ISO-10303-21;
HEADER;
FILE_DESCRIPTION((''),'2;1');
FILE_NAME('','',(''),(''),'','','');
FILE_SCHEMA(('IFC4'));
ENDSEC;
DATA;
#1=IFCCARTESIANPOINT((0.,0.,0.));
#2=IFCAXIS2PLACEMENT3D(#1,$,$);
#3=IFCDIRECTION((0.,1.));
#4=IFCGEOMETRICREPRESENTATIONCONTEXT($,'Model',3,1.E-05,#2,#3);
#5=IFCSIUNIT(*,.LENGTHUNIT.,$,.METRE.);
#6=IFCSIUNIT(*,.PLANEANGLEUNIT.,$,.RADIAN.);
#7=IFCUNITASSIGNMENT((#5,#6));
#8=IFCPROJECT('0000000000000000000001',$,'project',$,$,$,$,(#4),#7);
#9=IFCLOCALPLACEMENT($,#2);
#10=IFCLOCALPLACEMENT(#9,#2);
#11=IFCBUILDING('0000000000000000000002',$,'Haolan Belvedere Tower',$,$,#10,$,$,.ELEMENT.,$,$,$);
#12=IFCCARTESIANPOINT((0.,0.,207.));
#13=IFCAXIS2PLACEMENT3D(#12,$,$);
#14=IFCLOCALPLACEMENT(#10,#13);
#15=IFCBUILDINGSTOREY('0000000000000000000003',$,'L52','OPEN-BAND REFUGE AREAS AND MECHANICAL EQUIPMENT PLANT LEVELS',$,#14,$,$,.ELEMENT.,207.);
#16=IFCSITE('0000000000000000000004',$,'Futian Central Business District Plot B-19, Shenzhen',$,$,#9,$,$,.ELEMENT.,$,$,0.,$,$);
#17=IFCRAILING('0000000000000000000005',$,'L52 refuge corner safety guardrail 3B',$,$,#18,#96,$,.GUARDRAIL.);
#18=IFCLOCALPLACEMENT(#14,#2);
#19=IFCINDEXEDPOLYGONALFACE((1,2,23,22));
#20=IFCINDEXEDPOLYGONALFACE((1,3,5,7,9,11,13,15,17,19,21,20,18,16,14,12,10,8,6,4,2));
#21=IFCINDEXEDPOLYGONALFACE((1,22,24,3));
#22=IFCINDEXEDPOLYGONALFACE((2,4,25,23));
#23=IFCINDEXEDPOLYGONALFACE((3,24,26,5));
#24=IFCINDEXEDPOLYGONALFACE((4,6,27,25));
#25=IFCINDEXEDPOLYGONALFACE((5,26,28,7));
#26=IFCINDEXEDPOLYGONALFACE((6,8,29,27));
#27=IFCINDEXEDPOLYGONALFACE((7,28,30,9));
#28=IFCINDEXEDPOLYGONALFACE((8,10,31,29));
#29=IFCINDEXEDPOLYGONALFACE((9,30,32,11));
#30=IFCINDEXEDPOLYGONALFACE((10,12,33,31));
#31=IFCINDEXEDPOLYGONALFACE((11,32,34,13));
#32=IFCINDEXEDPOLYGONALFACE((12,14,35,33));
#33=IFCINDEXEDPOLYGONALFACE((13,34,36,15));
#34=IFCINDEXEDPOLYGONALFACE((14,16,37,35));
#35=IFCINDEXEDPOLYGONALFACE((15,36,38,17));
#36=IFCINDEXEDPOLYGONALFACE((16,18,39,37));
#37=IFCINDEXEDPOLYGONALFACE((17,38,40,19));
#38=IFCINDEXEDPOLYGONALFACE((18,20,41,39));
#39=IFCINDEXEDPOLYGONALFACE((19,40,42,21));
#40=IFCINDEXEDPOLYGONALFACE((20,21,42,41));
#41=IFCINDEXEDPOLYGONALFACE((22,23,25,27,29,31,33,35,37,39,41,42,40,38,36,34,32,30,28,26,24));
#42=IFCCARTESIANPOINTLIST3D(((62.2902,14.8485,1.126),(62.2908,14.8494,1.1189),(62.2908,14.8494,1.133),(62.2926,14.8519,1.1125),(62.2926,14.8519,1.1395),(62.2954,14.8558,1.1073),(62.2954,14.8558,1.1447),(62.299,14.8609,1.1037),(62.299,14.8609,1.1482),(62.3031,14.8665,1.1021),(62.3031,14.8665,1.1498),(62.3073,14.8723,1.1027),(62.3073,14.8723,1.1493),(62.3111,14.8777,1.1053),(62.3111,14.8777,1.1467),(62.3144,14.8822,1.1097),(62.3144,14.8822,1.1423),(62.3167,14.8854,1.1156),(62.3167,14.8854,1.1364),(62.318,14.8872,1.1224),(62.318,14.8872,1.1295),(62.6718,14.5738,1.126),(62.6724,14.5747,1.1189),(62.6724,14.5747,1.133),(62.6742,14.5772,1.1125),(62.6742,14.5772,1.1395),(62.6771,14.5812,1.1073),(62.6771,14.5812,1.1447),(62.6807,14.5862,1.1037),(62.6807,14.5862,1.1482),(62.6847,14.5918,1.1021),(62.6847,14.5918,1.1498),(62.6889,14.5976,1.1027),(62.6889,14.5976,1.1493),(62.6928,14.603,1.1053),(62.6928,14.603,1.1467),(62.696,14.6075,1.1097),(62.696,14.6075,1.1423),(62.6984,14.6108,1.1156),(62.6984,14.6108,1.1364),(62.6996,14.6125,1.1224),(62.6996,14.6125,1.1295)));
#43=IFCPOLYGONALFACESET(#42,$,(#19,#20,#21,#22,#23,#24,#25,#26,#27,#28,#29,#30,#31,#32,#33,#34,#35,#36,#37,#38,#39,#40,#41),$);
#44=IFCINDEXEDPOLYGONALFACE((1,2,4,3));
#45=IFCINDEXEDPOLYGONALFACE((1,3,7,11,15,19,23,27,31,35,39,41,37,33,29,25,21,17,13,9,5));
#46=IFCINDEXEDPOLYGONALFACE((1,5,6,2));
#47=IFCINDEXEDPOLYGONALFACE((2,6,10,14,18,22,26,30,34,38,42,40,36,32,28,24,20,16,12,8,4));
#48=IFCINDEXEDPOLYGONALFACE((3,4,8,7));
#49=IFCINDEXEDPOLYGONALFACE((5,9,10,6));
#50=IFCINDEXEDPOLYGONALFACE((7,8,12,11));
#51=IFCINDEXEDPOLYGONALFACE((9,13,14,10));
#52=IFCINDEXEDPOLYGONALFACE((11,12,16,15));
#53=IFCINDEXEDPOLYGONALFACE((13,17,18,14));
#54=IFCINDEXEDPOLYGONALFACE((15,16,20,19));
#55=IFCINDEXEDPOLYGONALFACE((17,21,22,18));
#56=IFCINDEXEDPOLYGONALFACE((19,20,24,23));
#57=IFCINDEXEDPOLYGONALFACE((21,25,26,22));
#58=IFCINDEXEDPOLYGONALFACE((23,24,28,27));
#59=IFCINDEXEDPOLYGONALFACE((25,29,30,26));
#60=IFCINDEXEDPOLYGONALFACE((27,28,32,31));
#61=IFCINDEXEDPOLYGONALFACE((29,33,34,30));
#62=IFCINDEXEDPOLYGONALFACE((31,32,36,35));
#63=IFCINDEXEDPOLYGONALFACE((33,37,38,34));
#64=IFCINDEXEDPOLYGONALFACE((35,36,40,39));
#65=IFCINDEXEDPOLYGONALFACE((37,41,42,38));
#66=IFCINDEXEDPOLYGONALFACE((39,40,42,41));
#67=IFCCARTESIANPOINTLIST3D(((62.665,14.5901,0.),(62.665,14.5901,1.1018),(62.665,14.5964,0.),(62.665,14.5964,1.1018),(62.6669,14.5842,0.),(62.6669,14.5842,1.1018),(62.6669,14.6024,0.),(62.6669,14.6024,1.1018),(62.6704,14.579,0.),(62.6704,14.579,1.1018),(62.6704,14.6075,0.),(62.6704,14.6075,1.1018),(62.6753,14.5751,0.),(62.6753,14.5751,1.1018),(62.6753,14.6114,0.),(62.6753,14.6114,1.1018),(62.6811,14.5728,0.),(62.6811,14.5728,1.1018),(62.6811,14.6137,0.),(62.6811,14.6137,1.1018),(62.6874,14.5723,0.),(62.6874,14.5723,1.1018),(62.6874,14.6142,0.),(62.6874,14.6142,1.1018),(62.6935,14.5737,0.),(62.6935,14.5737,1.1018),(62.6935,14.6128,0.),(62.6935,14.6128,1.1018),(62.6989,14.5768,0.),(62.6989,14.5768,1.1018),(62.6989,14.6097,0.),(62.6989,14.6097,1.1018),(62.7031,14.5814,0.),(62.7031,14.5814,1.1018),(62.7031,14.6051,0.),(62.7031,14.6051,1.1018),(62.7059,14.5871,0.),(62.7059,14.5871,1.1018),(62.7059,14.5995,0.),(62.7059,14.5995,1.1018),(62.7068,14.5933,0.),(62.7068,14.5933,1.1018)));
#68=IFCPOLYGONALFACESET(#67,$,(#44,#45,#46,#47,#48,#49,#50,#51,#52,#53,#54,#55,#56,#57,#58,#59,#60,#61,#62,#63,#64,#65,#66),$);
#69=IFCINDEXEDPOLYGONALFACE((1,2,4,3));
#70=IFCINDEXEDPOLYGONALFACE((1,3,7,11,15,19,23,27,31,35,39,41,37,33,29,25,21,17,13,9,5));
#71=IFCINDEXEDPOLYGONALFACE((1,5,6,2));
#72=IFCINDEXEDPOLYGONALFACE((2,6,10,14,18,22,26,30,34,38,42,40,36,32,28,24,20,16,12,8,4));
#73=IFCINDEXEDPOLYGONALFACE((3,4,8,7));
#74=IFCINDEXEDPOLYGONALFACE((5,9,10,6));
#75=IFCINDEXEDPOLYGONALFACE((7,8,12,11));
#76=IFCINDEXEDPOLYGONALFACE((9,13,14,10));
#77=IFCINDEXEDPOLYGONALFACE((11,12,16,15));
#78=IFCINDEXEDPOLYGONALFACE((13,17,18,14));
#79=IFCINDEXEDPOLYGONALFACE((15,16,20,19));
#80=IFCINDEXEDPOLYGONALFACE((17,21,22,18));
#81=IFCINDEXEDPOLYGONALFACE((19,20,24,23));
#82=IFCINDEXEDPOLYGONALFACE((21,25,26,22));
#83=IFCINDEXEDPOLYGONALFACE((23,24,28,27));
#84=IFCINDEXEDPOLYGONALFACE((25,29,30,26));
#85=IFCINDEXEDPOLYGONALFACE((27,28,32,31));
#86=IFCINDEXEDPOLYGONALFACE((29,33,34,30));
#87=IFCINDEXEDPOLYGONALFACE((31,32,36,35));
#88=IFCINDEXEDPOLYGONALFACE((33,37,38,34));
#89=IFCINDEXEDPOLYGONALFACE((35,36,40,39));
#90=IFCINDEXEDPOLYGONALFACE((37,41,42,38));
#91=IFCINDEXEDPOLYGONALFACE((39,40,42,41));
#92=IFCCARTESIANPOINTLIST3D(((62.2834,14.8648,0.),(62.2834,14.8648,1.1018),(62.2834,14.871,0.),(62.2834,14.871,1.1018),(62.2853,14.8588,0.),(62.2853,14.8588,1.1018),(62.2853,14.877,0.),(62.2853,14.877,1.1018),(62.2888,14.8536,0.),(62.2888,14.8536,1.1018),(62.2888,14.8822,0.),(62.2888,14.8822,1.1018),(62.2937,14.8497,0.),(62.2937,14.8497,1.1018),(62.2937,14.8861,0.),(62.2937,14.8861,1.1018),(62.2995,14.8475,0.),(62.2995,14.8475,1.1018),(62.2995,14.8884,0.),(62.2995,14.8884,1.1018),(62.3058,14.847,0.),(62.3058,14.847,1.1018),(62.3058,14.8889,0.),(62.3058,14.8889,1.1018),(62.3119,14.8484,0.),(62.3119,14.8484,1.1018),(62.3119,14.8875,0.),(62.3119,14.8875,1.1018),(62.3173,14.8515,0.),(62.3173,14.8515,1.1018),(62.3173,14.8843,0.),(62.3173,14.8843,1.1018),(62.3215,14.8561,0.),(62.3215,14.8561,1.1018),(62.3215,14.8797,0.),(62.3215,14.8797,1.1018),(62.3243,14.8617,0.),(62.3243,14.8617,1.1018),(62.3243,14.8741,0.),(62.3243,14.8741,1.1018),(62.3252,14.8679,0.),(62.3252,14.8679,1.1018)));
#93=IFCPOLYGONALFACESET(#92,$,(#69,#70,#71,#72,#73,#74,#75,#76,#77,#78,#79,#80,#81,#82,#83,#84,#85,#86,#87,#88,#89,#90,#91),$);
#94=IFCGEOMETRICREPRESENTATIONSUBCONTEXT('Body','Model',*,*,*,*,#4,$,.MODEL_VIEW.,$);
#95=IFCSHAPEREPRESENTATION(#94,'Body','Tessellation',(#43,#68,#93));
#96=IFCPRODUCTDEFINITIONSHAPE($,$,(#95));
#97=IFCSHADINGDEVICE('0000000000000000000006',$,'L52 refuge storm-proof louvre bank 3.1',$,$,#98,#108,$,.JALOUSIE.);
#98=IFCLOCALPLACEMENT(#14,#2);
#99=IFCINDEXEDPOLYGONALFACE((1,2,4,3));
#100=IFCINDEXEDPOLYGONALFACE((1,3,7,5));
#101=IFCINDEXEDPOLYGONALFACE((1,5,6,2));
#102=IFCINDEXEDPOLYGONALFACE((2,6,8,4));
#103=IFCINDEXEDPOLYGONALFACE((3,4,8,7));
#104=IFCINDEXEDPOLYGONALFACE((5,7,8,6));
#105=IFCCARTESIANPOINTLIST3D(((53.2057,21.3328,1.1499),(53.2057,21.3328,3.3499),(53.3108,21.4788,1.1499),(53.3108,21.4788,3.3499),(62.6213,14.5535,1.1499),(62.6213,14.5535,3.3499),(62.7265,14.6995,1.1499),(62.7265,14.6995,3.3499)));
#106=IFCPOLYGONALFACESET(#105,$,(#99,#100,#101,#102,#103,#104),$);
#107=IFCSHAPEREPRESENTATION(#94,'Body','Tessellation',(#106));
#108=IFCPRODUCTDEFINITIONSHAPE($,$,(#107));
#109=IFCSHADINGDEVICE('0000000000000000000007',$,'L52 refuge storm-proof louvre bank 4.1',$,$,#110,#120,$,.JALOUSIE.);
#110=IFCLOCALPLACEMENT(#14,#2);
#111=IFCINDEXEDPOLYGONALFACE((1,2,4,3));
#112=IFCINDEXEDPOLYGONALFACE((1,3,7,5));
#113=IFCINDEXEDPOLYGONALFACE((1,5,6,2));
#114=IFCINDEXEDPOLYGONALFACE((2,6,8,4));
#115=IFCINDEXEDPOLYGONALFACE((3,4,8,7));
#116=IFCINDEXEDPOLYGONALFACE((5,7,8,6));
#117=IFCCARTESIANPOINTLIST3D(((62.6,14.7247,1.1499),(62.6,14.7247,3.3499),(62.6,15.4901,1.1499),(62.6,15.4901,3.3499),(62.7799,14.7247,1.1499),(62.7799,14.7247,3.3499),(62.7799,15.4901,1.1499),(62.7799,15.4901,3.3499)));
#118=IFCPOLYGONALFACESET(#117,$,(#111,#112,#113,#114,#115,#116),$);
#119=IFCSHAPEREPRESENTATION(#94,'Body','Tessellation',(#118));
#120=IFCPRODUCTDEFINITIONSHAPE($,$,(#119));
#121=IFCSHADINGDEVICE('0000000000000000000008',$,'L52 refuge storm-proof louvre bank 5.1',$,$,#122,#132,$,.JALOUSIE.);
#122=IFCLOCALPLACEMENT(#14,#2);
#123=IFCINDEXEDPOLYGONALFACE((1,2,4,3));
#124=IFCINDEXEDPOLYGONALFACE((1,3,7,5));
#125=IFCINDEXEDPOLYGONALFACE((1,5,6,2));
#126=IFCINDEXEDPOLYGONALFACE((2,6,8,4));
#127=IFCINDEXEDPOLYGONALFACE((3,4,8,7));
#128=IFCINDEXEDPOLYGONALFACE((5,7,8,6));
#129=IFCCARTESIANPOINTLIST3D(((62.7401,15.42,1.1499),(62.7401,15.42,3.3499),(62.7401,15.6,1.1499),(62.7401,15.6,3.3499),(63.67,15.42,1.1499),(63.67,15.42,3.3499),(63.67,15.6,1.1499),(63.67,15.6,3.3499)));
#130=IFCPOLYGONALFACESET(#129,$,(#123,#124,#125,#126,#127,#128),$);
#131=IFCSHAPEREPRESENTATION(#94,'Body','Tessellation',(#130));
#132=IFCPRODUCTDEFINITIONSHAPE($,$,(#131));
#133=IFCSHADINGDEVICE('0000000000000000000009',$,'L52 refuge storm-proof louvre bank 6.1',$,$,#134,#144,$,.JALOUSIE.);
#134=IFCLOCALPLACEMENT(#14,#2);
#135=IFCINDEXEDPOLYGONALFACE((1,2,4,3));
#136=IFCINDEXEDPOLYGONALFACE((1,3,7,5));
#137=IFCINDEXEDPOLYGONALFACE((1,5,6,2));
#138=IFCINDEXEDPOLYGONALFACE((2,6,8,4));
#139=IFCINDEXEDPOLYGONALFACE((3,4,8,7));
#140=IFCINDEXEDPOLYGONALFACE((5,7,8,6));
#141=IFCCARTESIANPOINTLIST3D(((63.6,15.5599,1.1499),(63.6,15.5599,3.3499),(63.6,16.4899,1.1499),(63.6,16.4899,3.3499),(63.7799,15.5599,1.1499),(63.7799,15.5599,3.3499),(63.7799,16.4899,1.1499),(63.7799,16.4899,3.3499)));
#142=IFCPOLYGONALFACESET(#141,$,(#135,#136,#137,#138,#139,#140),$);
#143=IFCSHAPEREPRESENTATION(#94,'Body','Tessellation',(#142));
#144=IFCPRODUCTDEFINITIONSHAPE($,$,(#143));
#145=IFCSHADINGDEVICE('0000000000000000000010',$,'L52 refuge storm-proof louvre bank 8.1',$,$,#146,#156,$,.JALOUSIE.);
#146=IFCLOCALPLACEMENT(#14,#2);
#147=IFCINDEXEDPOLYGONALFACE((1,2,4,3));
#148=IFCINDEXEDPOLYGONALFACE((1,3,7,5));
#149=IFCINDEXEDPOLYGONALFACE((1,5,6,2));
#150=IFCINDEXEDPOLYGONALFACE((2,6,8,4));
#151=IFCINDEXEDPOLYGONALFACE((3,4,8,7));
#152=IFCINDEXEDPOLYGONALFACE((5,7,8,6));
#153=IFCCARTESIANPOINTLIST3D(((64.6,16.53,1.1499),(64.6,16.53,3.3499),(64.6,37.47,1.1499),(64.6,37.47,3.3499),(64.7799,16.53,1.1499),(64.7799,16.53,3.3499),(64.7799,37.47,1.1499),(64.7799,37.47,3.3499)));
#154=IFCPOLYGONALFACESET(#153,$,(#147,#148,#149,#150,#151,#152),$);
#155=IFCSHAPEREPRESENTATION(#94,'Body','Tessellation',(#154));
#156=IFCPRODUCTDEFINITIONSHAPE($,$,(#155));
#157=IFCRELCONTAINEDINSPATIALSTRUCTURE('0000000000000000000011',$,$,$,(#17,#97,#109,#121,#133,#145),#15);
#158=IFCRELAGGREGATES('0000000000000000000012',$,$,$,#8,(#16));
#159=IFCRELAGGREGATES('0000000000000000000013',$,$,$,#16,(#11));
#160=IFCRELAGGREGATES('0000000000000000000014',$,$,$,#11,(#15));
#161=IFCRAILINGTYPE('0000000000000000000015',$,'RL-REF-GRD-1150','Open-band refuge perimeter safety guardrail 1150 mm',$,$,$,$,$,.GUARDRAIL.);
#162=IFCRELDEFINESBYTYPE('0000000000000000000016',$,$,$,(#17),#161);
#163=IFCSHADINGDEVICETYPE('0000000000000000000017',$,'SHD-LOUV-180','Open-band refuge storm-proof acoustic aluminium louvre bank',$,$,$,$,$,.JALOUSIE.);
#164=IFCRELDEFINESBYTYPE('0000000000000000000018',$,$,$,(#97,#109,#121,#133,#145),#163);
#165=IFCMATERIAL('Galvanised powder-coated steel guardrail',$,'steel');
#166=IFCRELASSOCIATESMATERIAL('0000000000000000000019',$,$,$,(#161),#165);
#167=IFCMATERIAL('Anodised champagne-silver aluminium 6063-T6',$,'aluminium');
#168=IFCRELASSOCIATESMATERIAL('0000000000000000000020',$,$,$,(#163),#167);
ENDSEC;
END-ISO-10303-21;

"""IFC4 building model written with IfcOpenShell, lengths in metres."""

from ifc_helpers import new_model, si_unit, direction, frame, origin, origin_2d, place, context, subcontext, project, spatial, rectangle, circle, extrude, material, type_object, element, save


model = new_model("IFC4")

# Units and contexts
model_context = context("Model", 3, precision=1e-05, world=origin(), true_north=direction((0.0, 1.0)))
body_context = subcontext(model_context, "Body", "Model", "MODEL_VIEW")
ifc_project = project(units=[si_unit("LENGTHUNIT", "METRE"), si_unit("PLANEANGLEUNIT", "RADIAN")], contexts=[model_context])

# Site, building, storey
site_placement = place(None, origin())
site = spatial("IfcSite", under=ifc_project, at=site_placement, Name="Futian Central Business District Plot B-19, Shenzhen", CompositionType="ELEMENT", RefElevation=0.0)
building_placement = place(site_placement, origin())
building = spatial("IfcBuilding", under=site, at=building_placement, Name="Haolan Belvedere Tower", CompositionType="ELEMENT")
storey_placement = place(building_placement, frame((0.0, 0.0, 207.0)))
storey = spatial("IfcBuildingStorey", under=building, at=storey_placement, Name="L52", Description="OPEN-BAND REFUGE AREAS AND MECHANICAL EQUIPMENT PLANT LEVELS", CompositionType="ELEMENT", Elevation=207.0)

# Railing
ifc_material_1 = material(Name="Galvanised powder-coated steel guardrail", Category="steel")
railing_type = type_object("IfcRailingType", Name="RL-REF-GRD-1150", Description="Open-band refuge perimeter safety guardrail 1150 mm", PredefinedType="GUARDRAIL", material=ifc_material_1)
railing_1_placement = place(storey_placement, frame((62.6858, 14.5933, 0.0)))
element("IfcRailing", 1, at=railing_1_placement, inside=storey, type_object=railing_type, Name="L52 refuge corner safety guardrail 3B", PredefinedType="GUARDRAIL", context=body_context, shape_type="SweptSolid", body=[
    extrude(circle(Radius=0.0239, at=origin_2d()), frame((0.0, 0.0, 1.126), z_axis=(-0.811623, 0.584182, 0.0), x_axis=(-0.584182, -0.811623, 0.0)), (0.0, 0.0, 1.0), 0.4702),
    extrude(circle(Radius=0.021, at=origin_2d()), origin(), (0.0, 0.0, 1.0), 1.1018),
    extrude(circle(Radius=0.021, at=origin_2d()), frame((-0.3816, 0.2747, 0.0)), (0.0, 0.0, 1.0), 1.1018),
])

# Shading devices
ifc_material_2 = material(Name="Anodised champagne-silver aluminium 6063-T6", Category="aluminium")
shading_device_type = type_object("IfcShadingDeviceType", Name="SHD-LOUV-180", Description="Open-band refuge storm-proof acoustic aluminium louvre bank", PredefinedType="JALOUSIE", material=ifc_material_2)
shading_device_1_placement = place(storey_placement, frame((57.9661, 18.0161, 1.1499), z_axis=(0.0, 0.0, 1.0), x_axis=(0.811533, -0.584306, 0.0)))
element("IfcShadingDevice", 2, at=shading_device_1_placement, inside=storey, type_object=shading_device_type, Name="L52 refuge storm-proof louvre bank 3.1", PredefinedType="JALOUSIE", context=body_context, shape_type="SweptSolid", body=[
    extrude(rectangle(XDim=11.6023, YDim=0.1799, at=origin_2d()), origin(), (0.0, 0.0, 1.0), 2.2),
])
shading_device_2_placement = place(storey_placement, frame((62.6899, 15.1074, 1.1499), z_axis=(0.0, 0.0, 1.0), x_axis=(0.0, 1.0, 0.0)))
element("IfcShadingDevice", 3, at=shading_device_2_placement, inside=storey, type_object=shading_device_type, Name="L52 refuge storm-proof louvre bank 4.1", PredefinedType="JALOUSIE", context=body_context, shape_type="SweptSolid", body=[
    extrude(rectangle(XDim=0.7654, YDim=0.1799, at=origin_2d()), origin(), (0.0, 0.0, 1.0), 2.2),
])
for number, where, z_axis, x_axis, name in (
    (4, (63.2051, 15.51, 1.1499), (0.0, 0.0, 1.0), (1.0, 0.0, 0.0), "L52 refuge storm-proof louvre bank 5.1"),
    (5, (63.6899, 16.0249, 1.1499), (0.0, 0.0, 1.0), (0.0, 1.0, 0.0), "L52 refuge storm-proof louvre bank 6.1"),
):
    element("IfcShadingDevice", number, at=place(storey_placement, frame(where, z_axis=z_axis, x_axis=x_axis)), inside=storey, type_object=shading_device_type, Name=name, PredefinedType="JALOUSIE", context=body_context, shape_type="SweptSolid", body=[
        extrude(rectangle(XDim=0.9299, YDim=0.1799, at=origin_2d()), origin(), (0.0, 0.0, 1.0), 2.2),
    ])
shading_device_3_placement = place(storey_placement, frame((64.6899, 27.0, 1.1499), z_axis=(0.0, 0.0, 1.0), x_axis=(0.0, 1.0, 0.0)))
element("IfcShadingDevice", 6, at=shading_device_3_placement, inside=storey, type_object=shading_device_type, Name="L52 refuge storm-proof louvre bank 8.1", PredefinedType="JALOUSIE", context=body_context, shape_type="SweptSolid", body=[
    extrude(rectangle(XDim=20.9399, YDim=0.1799, at=origin_2d()), origin(), (0.0, 0.0, 1.0), 2.2),
])

save(model, "model.ifc")
